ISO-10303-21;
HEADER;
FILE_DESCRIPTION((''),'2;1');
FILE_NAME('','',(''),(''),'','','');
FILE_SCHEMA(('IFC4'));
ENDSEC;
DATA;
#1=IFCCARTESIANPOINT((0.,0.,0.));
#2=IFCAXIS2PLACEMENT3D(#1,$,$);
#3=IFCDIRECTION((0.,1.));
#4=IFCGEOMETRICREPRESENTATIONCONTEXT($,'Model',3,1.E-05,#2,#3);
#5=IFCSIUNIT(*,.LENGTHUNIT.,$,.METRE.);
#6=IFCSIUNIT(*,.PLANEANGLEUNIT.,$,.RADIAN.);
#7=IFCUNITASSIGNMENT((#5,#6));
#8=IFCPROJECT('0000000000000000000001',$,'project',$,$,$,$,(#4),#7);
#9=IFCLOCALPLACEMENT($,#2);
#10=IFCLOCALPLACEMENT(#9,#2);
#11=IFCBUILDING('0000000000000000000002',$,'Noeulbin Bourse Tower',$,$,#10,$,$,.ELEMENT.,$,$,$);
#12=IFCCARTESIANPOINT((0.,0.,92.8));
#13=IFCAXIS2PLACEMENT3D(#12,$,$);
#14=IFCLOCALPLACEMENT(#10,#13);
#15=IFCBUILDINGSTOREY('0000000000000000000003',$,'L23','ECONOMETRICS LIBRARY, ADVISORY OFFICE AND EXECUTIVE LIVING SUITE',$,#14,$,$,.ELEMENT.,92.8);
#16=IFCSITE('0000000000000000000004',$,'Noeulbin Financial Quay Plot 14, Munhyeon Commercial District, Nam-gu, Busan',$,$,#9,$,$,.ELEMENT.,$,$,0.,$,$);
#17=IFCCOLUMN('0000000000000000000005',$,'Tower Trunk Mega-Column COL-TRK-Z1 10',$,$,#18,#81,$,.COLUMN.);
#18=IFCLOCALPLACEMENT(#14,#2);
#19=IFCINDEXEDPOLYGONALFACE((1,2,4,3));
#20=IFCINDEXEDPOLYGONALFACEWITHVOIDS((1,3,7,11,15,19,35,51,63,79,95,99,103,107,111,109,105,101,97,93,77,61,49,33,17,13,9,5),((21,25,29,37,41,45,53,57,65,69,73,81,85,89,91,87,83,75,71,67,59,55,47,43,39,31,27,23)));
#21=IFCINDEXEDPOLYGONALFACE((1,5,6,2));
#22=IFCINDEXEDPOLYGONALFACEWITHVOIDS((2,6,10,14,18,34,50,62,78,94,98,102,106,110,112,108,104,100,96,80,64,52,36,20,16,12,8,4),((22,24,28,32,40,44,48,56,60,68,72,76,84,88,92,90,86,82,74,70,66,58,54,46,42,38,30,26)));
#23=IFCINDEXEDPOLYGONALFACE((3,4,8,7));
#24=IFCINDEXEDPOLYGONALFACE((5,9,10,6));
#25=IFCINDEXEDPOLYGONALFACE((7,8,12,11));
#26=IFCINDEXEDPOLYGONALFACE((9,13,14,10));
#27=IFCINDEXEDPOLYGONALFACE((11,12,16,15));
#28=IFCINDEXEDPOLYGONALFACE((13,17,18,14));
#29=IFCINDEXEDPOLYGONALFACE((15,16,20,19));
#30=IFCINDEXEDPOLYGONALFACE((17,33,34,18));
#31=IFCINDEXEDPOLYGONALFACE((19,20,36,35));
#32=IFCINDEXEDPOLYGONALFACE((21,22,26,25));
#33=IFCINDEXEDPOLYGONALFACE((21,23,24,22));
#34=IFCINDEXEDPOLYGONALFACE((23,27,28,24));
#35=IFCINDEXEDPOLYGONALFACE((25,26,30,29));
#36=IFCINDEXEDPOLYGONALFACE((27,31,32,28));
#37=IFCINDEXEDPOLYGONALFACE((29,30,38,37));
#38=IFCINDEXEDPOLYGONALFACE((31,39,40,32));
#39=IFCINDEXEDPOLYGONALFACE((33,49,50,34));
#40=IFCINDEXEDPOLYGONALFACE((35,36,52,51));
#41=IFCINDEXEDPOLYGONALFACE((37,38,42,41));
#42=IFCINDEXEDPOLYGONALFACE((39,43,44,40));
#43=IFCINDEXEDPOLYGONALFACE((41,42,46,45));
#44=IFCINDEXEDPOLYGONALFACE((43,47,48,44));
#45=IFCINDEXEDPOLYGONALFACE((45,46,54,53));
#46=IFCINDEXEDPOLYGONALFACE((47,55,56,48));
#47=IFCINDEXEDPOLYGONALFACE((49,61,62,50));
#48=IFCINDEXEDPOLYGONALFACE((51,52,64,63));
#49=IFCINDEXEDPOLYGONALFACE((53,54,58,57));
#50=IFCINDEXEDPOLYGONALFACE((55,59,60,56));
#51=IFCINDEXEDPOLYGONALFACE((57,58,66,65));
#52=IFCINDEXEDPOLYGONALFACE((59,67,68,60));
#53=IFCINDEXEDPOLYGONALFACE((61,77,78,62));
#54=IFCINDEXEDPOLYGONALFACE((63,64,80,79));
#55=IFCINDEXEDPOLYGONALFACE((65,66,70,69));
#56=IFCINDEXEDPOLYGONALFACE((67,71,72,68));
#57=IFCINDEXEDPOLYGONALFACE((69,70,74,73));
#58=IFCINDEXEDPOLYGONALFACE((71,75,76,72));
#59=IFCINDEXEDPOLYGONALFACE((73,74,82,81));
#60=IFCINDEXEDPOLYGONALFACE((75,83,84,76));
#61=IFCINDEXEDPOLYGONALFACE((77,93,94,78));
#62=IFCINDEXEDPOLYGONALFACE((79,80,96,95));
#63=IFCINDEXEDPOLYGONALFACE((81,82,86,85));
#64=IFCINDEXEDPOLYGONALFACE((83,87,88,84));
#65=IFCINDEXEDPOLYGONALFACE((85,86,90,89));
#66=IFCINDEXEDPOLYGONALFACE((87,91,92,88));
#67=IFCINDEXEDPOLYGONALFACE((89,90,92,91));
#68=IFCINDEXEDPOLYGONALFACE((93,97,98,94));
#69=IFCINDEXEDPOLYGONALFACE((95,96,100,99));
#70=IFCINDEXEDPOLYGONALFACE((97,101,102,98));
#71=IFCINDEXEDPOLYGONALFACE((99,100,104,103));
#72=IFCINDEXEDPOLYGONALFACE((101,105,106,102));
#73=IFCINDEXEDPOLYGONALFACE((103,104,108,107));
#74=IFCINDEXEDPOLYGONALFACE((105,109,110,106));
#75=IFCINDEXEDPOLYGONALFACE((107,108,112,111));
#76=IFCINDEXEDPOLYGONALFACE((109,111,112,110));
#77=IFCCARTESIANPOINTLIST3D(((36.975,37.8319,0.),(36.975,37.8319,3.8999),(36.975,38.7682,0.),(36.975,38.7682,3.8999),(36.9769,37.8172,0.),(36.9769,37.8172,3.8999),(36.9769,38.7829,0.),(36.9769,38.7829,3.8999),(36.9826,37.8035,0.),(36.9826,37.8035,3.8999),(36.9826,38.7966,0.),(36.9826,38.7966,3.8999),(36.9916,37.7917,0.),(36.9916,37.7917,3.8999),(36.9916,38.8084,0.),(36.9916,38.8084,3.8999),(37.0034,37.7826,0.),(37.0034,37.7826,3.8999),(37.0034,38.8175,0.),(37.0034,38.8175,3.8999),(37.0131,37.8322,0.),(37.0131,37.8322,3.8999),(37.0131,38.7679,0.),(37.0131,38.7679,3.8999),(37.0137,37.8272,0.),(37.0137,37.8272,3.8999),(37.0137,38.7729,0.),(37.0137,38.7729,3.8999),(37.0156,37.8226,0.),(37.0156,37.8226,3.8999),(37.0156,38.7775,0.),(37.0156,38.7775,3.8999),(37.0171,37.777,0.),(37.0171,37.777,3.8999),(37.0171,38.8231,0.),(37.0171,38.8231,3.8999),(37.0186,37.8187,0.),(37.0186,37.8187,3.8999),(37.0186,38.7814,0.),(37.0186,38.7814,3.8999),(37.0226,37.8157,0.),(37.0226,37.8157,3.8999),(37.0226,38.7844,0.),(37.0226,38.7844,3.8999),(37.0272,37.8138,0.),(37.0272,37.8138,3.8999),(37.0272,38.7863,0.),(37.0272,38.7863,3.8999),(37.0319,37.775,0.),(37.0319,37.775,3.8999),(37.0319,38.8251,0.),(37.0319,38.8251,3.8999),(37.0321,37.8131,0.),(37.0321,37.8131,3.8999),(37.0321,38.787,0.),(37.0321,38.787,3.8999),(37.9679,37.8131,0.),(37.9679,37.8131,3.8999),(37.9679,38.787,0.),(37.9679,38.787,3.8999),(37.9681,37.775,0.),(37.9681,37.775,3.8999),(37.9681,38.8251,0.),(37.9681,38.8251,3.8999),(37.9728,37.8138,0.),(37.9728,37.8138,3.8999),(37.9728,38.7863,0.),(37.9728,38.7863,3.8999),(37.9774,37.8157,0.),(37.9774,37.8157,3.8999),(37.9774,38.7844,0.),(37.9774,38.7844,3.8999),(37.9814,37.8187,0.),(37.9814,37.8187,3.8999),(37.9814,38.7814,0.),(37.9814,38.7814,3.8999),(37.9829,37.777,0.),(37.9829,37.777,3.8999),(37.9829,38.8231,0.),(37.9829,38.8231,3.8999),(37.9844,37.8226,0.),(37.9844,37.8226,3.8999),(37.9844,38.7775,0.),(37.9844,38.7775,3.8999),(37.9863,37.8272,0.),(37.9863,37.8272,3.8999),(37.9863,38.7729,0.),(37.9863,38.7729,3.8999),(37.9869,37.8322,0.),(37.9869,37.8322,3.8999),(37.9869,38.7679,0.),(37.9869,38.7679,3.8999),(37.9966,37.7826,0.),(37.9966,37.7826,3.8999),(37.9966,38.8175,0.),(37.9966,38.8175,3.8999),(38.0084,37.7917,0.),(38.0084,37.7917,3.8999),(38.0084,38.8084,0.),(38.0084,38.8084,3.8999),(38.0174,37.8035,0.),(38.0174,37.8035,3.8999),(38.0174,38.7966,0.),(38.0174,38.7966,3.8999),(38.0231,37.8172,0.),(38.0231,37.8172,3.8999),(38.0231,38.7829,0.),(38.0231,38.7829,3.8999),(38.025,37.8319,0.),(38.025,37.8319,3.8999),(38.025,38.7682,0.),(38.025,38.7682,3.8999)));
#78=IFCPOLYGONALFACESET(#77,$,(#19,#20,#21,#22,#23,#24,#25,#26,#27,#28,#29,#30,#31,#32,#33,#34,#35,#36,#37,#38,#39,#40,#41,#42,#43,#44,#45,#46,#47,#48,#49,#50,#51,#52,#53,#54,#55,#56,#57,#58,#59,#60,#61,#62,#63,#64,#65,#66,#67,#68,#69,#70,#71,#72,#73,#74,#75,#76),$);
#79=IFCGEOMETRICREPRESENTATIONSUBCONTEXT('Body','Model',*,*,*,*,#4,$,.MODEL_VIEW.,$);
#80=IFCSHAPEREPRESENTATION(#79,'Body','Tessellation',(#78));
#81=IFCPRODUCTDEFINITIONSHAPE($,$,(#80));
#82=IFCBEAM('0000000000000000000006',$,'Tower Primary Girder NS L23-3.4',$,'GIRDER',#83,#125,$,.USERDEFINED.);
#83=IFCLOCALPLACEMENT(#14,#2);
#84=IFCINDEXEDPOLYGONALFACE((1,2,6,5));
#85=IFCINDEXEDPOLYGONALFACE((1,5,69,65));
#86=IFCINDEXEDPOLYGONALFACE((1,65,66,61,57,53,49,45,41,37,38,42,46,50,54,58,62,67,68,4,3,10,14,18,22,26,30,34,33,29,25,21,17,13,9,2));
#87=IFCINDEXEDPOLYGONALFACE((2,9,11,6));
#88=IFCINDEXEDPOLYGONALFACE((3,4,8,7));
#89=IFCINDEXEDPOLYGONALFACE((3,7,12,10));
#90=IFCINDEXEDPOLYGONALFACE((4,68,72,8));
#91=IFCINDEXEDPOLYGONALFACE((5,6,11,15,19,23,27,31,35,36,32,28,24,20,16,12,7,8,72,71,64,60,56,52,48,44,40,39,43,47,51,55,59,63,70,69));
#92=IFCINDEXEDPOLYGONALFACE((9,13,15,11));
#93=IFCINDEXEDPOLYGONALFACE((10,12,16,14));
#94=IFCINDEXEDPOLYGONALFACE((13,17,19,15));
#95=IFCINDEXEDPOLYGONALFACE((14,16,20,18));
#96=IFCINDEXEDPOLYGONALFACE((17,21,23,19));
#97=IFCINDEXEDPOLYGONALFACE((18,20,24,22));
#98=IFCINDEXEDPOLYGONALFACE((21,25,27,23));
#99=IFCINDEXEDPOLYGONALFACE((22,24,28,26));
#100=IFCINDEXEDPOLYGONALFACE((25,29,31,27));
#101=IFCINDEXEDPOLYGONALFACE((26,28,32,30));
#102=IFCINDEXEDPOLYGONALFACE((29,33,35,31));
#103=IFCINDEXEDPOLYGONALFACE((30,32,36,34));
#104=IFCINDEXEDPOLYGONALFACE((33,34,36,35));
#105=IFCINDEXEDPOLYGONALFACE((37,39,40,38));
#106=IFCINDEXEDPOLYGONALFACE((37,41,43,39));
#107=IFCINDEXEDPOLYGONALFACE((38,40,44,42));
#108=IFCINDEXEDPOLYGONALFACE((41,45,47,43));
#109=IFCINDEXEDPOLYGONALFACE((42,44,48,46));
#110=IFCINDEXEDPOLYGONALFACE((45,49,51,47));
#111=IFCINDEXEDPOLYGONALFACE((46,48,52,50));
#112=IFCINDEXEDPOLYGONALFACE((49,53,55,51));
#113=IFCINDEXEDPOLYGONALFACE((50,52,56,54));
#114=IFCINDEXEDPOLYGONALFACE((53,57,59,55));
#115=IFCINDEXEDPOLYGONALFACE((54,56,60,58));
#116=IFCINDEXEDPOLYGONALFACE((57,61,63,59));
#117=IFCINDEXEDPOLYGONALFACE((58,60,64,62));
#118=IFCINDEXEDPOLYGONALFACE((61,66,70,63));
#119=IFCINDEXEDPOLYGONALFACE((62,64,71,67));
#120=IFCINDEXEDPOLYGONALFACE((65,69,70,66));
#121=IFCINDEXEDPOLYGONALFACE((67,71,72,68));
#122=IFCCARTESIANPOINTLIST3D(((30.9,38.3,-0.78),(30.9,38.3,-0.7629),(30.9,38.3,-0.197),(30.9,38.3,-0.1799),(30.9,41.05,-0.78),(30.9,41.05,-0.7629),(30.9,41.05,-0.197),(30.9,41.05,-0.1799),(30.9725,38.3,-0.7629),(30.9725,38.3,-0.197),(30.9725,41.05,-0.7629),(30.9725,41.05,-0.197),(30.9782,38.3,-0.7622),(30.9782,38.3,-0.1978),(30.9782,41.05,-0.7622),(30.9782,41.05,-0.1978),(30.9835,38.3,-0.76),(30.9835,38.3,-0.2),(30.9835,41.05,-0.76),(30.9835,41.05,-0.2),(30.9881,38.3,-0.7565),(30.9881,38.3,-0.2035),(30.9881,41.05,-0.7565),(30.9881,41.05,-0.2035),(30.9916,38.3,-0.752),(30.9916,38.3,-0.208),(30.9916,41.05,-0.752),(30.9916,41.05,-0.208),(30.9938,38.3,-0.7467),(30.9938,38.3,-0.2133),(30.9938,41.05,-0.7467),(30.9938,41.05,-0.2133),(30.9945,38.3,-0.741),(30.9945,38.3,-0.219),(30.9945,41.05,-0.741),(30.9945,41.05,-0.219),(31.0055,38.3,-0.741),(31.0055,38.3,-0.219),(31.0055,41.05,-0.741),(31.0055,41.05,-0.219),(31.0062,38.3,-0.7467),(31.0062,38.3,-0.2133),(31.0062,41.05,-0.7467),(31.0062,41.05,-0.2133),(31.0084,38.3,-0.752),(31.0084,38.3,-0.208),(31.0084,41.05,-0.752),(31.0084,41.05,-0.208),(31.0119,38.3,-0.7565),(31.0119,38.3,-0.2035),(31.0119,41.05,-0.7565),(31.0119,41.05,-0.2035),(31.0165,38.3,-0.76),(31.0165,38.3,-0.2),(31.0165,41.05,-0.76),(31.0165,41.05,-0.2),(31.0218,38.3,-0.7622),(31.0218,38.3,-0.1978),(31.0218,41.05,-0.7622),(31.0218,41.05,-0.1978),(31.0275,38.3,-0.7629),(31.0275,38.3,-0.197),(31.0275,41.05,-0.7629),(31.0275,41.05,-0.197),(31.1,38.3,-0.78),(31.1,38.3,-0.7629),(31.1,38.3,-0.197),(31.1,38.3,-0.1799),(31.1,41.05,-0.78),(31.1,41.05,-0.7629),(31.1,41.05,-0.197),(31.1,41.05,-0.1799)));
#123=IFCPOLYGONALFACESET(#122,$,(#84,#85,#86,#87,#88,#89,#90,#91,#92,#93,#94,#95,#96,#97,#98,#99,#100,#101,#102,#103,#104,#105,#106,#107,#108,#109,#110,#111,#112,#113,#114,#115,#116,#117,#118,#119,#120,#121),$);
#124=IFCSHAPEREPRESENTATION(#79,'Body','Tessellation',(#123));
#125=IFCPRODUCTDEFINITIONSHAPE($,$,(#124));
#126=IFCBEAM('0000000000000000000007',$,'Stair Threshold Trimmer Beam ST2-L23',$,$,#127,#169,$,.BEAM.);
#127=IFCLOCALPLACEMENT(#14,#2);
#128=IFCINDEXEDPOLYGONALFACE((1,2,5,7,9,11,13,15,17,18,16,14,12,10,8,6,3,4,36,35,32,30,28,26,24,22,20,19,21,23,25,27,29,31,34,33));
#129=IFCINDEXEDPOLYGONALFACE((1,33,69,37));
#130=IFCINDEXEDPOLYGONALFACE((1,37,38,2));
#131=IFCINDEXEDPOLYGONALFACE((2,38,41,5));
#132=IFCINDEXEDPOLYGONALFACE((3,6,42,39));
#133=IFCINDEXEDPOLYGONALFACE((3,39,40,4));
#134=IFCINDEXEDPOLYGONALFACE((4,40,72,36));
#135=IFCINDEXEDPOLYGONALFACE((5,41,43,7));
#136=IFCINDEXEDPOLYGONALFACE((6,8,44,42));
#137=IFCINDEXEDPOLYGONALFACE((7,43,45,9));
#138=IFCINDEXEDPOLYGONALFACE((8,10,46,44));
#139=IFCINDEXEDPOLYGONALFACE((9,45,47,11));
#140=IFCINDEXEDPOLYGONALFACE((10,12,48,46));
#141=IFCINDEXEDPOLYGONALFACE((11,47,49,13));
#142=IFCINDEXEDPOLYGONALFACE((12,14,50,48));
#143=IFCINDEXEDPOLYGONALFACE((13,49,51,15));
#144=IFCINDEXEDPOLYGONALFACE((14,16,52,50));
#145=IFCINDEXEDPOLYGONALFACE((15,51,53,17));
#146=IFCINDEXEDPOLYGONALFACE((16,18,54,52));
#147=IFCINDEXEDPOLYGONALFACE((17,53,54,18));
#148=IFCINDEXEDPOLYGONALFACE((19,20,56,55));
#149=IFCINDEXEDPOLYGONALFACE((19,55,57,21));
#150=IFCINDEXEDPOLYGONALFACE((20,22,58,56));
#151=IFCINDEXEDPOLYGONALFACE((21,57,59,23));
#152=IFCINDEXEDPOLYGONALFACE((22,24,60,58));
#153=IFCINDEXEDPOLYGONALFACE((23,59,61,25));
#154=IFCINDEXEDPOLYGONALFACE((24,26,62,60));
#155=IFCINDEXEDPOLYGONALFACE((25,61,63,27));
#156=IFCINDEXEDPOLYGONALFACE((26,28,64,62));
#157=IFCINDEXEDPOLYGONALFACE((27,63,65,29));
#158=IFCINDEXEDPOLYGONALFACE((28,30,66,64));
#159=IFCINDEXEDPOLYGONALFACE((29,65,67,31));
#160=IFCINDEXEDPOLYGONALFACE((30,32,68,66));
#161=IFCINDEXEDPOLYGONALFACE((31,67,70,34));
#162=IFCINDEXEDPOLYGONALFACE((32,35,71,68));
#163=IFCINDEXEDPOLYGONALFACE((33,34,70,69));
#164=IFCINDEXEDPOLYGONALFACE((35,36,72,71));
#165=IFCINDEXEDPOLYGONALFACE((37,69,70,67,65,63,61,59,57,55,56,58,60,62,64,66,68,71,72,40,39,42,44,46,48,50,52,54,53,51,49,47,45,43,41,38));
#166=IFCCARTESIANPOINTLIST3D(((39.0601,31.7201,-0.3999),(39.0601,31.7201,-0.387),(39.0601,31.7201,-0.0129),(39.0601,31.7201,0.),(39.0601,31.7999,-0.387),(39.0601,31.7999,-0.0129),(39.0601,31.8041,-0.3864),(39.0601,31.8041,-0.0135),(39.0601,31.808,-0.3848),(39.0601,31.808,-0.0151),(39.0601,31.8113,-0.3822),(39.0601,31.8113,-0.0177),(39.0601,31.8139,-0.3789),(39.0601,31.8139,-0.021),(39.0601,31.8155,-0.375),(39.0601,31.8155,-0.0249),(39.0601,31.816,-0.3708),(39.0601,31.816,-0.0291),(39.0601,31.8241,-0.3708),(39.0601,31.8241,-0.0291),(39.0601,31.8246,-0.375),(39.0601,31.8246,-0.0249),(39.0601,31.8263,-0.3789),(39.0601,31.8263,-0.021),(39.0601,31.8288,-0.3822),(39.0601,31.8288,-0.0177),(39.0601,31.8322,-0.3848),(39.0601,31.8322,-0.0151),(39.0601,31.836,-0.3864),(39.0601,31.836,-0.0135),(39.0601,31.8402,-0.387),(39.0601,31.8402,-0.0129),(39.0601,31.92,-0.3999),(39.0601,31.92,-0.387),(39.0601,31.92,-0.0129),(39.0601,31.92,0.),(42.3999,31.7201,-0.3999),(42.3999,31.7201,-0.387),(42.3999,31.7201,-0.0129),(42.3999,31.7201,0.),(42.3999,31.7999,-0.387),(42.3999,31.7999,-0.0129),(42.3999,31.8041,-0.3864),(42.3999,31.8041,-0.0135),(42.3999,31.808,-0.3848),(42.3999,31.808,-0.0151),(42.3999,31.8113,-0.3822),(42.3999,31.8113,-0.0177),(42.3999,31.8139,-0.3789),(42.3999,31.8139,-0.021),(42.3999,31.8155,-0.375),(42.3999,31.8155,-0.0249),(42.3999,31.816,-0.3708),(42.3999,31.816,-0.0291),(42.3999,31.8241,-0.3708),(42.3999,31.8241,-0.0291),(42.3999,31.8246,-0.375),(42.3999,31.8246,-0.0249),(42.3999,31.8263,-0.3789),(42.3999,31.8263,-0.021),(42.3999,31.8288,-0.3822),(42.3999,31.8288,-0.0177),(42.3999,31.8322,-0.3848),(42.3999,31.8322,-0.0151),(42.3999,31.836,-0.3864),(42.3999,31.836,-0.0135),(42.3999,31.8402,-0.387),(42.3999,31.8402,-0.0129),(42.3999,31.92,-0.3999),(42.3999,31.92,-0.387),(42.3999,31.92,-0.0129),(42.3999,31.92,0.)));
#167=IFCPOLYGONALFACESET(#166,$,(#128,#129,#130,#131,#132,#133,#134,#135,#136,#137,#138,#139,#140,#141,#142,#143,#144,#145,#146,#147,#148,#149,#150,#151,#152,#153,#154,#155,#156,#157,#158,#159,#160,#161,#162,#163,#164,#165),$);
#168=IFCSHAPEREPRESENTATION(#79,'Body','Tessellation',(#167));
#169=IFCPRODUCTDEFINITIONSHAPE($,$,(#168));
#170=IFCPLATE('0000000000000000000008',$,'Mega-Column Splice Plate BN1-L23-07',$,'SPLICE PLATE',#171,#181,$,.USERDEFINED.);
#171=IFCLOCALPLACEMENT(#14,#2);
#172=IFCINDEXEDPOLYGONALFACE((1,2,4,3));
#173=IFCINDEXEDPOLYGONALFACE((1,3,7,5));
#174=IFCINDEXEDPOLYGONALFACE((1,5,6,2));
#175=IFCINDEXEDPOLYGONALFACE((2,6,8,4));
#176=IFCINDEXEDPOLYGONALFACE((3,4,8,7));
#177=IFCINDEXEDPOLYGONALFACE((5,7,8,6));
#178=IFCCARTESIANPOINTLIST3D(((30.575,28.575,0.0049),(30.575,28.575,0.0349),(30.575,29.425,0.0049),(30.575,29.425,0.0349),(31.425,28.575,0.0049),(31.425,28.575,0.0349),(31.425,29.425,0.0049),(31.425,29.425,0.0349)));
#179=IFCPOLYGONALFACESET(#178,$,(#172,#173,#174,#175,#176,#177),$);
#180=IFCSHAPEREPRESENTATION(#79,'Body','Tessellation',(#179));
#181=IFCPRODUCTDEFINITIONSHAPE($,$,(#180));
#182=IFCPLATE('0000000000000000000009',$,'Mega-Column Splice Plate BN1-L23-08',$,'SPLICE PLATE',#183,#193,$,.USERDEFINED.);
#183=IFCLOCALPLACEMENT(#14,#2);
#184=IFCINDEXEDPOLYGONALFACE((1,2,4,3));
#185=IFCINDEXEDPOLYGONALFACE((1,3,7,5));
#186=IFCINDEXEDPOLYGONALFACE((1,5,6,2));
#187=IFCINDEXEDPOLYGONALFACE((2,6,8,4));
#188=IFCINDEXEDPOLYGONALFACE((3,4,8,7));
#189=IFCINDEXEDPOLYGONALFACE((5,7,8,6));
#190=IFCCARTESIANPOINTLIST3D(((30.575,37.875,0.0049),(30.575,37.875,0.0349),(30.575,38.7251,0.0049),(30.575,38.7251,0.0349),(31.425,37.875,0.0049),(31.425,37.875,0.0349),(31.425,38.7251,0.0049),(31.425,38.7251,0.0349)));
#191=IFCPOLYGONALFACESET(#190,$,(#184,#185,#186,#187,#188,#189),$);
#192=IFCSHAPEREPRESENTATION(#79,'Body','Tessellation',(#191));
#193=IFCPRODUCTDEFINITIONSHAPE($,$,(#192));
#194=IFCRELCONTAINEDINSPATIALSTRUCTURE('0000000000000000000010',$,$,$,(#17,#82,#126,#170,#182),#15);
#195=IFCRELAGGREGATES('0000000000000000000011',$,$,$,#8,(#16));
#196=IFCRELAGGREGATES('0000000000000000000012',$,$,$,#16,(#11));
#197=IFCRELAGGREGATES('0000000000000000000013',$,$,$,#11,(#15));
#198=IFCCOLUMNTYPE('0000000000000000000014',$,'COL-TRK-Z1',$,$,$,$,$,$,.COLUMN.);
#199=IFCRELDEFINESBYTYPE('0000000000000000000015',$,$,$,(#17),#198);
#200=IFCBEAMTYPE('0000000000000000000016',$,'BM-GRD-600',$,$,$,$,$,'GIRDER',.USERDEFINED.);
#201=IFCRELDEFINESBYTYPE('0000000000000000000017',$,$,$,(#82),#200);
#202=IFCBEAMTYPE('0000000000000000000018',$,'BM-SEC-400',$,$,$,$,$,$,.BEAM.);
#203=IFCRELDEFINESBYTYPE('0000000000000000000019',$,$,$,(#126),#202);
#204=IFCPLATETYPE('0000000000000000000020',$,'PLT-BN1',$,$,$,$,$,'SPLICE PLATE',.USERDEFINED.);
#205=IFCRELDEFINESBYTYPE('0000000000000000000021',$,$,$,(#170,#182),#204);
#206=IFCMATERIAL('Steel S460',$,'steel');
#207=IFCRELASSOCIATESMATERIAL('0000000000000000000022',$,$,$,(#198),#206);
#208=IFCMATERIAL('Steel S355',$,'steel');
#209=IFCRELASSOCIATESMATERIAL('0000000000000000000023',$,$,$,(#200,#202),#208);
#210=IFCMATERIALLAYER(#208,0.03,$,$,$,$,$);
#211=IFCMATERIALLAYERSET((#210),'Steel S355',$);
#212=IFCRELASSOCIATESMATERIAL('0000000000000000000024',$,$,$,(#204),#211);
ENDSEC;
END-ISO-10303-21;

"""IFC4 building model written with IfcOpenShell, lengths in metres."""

from ifc_helpers import new_model, si_unit, direction, frame, origin, origin_2d, place, context, subcontext, project, spatial, rectangle, hollow_rectangle, i_section, extrude, material, layer, layer_set, material_profile, profile_set, type_object, element, save


model = new_model("IFC4")

# Units and contexts
model_context = context("Model", 3, precision=1e-05, world=origin(), true_north=direction((0.0, 1.0)))
body_context = subcontext(model_context, "Body", "Model", "MODEL_VIEW")
ifc_project = project(units=[si_unit("LENGTHUNIT", "METRE"), si_unit("PLANEANGLEUNIT", "RADIAN")], contexts=[model_context])

# Site, building, storey
site_placement = place(None, origin())
site = spatial("IfcSite", under=ifc_project, at=site_placement, Name="Noeulbin Financial Quay Plot 14, Munhyeon Commercial District, Nam-gu, Busan", CompositionType="ELEMENT", RefElevation=0.0)
building_placement = place(site_placement, origin())
building = spatial("IfcBuilding", under=site, at=building_placement, Name="Noeulbin Bourse Tower", CompositionType="ELEMENT")
storey_placement = place(building_placement, frame((0.0, 0.0, 92.8)))
storey = spatial("IfcBuildingStorey", under=building, at=storey_placement, Name="L23", Description="ECONOMETRICS LIBRARY, ADVISORY OFFICE AND EXECUTIVE LIVING SUITE", CompositionType="ELEMENT", Elevation=92.8)

# Column
ifc_material_1 = material(Name="Steel S460", Category="steel")
ifc_material_profile_1 = material_profile(ifc_material_1, hollow_rectangle(XDim=1.05, YDim=1.05, WallThickness=0.0381, InnerFilletRadius=0.019, OuterFilletRadius=0.0569, at=origin_2d()), Name="BOX-1050x1050x38", Category="LoadBearing")
ifc_profile_set_1 = profile_set([ifc_material_profile_1], Name="Steel S460")
column_type = type_object("IfcColumnType", Name="COL-TRK-Z1", PredefinedType="COLUMN", material=ifc_profile_set_1)
for number, where, z_axis, x_axis, name in (
    (1, (37.5, 38.3, 0.0), (0.0, 0.0, 1.0), (1.0, 0.0, 0.0), "Tower Trunk Mega-Column COL-TRK-Z1 10"),
):
    element("IfcColumn", number, at=place(storey_placement, frame(where, z_axis=z_axis, x_axis=x_axis)), inside=storey, type_object=column_type, Name=name, PredefinedType="COLUMN", context=body_context, shape_type="SweptSolid", body=[
        extrude(hollow_rectangle(XDim=1.05, YDim=1.05, WallThickness=0.0381, InnerFilletRadius=0.019, OuterFilletRadius=0.0569, at=origin_2d()), origin(), (0.0, 0.0, 1.0), 3.8999),
    ])

# Beams
ifc_material_2 = material(Name="Steel S355", Category="steel")
ifc_material_profile_2 = material_profile(ifc_material_2, i_section(OverallWidth=0.2, OverallDepth=0.6001, WebThickness=0.011, FlangeThickness=0.0171, FilletRadius=0.022, at=origin_2d()), Name="H-600x200x11x17", Category="LoadBearing")
ifc_profile_set_2 = profile_set([ifc_material_profile_2], Name="Steel S355")
beam_type_1 = type_object("IfcBeamType", Name="BM-GRD-600", ElementType="GIRDER", PredefinedType="USERDEFINED", material=ifc_profile_set_2)
beam_1_placement = place(storey_placement, frame((31.0, 38.3, -0.48), z_axis=(0.0, 1.0, 0.0), x_axis=(-1.0, 0.0, 0.0)))
element("IfcBeam", 2, at=beam_1_placement, inside=storey, type_object=beam_type_1, Name="Tower Primary Girder NS L23-3.4", ObjectType="GIRDER", PredefinedType="USERDEFINED", context=body_context, shape_type="SweptSolid", body=[
    extrude(i_section(OverallWidth=0.2, OverallDepth=0.6001, WebThickness=0.011, FlangeThickness=0.0171, FilletRadius=0.022, at=origin_2d()), origin(), (0.0, 0.0, 1.0), 2.75),
])
ifc_material_profile_3 = material_profile(ifc_material_2, i_section(OverallWidth=0.2, OverallDepth=0.3999, WebThickness=0.0081, FlangeThickness=0.0129, FilletRadius=0.0161, at=origin_2d()), Name="H-400x200x8x13", Category="LoadBearing")
ifc_profile_set_3 = profile_set([ifc_material_profile_3], Name="Steel S355")
beam_type_2 = type_object("IfcBeamType", Name="BM-SEC-400", PredefinedType="BEAM", material=ifc_profile_set_3)
beam_2_placement = place(storey_placement, frame((39.0601, 31.8201, -0.2), z_axis=(1.0, 0.0, 0.0), x_axis=(0.0, 1.0, 0.0)))
element("IfcBeam", 3, at=beam_2_placement, inside=storey, type_object=beam_type_2, Name="Stair Threshold Trimmer Beam ST2-L23", PredefinedType="BEAM", context=body_context, shape_type="SweptSolid", body=[
    extrude(i_section(OverallWidth=0.2, OverallDepth=0.3999, WebThickness=0.0081, FlangeThickness=0.0129, FilletRadius=0.0161, at=origin_2d()), origin(), (0.0, 0.0, 1.0), 3.3398),
])

# Plates
ifc_layer_1 = layer(ifc_material_2, 0.03)
ifc_layer_set_1 = layer_set([ifc_layer_1], Name="Steel S355")
plate_type = type_object("IfcPlateType", Name="PLT-BN1", ElementType="SPLICE PLATE", PredefinedType="USERDEFINED", material=ifc_layer_set_1)
for number, where, z_axis, x_axis, name in (
    (4, (31.0, 29.0, 0.0049), (0.0, 0.0, 1.0), (1.0, 0.0, 0.0), "Mega-Column Splice Plate BN1-L23-07"),
    (5, (31.0, 38.3, 0.0049), (0.0, 0.0, 1.0), (1.0, 0.0, 0.0), "Mega-Column Splice Plate BN1-L23-08"),
):
    element("IfcPlate", number, at=place(storey_placement, frame(where, z_axis=z_axis, x_axis=x_axis)), inside=storey, type_object=plate_type, Name=name, ObjectType="SPLICE PLATE", PredefinedType="USERDEFINED", context=body_context, shape_type="SweptSolid", body=[
        extrude(rectangle(XDim=0.8501, YDim=0.8501, at=origin_2d()), origin(), (0.0, 0.0, 1.0), 0.03),
    ])

save(model, "model.ifc")
